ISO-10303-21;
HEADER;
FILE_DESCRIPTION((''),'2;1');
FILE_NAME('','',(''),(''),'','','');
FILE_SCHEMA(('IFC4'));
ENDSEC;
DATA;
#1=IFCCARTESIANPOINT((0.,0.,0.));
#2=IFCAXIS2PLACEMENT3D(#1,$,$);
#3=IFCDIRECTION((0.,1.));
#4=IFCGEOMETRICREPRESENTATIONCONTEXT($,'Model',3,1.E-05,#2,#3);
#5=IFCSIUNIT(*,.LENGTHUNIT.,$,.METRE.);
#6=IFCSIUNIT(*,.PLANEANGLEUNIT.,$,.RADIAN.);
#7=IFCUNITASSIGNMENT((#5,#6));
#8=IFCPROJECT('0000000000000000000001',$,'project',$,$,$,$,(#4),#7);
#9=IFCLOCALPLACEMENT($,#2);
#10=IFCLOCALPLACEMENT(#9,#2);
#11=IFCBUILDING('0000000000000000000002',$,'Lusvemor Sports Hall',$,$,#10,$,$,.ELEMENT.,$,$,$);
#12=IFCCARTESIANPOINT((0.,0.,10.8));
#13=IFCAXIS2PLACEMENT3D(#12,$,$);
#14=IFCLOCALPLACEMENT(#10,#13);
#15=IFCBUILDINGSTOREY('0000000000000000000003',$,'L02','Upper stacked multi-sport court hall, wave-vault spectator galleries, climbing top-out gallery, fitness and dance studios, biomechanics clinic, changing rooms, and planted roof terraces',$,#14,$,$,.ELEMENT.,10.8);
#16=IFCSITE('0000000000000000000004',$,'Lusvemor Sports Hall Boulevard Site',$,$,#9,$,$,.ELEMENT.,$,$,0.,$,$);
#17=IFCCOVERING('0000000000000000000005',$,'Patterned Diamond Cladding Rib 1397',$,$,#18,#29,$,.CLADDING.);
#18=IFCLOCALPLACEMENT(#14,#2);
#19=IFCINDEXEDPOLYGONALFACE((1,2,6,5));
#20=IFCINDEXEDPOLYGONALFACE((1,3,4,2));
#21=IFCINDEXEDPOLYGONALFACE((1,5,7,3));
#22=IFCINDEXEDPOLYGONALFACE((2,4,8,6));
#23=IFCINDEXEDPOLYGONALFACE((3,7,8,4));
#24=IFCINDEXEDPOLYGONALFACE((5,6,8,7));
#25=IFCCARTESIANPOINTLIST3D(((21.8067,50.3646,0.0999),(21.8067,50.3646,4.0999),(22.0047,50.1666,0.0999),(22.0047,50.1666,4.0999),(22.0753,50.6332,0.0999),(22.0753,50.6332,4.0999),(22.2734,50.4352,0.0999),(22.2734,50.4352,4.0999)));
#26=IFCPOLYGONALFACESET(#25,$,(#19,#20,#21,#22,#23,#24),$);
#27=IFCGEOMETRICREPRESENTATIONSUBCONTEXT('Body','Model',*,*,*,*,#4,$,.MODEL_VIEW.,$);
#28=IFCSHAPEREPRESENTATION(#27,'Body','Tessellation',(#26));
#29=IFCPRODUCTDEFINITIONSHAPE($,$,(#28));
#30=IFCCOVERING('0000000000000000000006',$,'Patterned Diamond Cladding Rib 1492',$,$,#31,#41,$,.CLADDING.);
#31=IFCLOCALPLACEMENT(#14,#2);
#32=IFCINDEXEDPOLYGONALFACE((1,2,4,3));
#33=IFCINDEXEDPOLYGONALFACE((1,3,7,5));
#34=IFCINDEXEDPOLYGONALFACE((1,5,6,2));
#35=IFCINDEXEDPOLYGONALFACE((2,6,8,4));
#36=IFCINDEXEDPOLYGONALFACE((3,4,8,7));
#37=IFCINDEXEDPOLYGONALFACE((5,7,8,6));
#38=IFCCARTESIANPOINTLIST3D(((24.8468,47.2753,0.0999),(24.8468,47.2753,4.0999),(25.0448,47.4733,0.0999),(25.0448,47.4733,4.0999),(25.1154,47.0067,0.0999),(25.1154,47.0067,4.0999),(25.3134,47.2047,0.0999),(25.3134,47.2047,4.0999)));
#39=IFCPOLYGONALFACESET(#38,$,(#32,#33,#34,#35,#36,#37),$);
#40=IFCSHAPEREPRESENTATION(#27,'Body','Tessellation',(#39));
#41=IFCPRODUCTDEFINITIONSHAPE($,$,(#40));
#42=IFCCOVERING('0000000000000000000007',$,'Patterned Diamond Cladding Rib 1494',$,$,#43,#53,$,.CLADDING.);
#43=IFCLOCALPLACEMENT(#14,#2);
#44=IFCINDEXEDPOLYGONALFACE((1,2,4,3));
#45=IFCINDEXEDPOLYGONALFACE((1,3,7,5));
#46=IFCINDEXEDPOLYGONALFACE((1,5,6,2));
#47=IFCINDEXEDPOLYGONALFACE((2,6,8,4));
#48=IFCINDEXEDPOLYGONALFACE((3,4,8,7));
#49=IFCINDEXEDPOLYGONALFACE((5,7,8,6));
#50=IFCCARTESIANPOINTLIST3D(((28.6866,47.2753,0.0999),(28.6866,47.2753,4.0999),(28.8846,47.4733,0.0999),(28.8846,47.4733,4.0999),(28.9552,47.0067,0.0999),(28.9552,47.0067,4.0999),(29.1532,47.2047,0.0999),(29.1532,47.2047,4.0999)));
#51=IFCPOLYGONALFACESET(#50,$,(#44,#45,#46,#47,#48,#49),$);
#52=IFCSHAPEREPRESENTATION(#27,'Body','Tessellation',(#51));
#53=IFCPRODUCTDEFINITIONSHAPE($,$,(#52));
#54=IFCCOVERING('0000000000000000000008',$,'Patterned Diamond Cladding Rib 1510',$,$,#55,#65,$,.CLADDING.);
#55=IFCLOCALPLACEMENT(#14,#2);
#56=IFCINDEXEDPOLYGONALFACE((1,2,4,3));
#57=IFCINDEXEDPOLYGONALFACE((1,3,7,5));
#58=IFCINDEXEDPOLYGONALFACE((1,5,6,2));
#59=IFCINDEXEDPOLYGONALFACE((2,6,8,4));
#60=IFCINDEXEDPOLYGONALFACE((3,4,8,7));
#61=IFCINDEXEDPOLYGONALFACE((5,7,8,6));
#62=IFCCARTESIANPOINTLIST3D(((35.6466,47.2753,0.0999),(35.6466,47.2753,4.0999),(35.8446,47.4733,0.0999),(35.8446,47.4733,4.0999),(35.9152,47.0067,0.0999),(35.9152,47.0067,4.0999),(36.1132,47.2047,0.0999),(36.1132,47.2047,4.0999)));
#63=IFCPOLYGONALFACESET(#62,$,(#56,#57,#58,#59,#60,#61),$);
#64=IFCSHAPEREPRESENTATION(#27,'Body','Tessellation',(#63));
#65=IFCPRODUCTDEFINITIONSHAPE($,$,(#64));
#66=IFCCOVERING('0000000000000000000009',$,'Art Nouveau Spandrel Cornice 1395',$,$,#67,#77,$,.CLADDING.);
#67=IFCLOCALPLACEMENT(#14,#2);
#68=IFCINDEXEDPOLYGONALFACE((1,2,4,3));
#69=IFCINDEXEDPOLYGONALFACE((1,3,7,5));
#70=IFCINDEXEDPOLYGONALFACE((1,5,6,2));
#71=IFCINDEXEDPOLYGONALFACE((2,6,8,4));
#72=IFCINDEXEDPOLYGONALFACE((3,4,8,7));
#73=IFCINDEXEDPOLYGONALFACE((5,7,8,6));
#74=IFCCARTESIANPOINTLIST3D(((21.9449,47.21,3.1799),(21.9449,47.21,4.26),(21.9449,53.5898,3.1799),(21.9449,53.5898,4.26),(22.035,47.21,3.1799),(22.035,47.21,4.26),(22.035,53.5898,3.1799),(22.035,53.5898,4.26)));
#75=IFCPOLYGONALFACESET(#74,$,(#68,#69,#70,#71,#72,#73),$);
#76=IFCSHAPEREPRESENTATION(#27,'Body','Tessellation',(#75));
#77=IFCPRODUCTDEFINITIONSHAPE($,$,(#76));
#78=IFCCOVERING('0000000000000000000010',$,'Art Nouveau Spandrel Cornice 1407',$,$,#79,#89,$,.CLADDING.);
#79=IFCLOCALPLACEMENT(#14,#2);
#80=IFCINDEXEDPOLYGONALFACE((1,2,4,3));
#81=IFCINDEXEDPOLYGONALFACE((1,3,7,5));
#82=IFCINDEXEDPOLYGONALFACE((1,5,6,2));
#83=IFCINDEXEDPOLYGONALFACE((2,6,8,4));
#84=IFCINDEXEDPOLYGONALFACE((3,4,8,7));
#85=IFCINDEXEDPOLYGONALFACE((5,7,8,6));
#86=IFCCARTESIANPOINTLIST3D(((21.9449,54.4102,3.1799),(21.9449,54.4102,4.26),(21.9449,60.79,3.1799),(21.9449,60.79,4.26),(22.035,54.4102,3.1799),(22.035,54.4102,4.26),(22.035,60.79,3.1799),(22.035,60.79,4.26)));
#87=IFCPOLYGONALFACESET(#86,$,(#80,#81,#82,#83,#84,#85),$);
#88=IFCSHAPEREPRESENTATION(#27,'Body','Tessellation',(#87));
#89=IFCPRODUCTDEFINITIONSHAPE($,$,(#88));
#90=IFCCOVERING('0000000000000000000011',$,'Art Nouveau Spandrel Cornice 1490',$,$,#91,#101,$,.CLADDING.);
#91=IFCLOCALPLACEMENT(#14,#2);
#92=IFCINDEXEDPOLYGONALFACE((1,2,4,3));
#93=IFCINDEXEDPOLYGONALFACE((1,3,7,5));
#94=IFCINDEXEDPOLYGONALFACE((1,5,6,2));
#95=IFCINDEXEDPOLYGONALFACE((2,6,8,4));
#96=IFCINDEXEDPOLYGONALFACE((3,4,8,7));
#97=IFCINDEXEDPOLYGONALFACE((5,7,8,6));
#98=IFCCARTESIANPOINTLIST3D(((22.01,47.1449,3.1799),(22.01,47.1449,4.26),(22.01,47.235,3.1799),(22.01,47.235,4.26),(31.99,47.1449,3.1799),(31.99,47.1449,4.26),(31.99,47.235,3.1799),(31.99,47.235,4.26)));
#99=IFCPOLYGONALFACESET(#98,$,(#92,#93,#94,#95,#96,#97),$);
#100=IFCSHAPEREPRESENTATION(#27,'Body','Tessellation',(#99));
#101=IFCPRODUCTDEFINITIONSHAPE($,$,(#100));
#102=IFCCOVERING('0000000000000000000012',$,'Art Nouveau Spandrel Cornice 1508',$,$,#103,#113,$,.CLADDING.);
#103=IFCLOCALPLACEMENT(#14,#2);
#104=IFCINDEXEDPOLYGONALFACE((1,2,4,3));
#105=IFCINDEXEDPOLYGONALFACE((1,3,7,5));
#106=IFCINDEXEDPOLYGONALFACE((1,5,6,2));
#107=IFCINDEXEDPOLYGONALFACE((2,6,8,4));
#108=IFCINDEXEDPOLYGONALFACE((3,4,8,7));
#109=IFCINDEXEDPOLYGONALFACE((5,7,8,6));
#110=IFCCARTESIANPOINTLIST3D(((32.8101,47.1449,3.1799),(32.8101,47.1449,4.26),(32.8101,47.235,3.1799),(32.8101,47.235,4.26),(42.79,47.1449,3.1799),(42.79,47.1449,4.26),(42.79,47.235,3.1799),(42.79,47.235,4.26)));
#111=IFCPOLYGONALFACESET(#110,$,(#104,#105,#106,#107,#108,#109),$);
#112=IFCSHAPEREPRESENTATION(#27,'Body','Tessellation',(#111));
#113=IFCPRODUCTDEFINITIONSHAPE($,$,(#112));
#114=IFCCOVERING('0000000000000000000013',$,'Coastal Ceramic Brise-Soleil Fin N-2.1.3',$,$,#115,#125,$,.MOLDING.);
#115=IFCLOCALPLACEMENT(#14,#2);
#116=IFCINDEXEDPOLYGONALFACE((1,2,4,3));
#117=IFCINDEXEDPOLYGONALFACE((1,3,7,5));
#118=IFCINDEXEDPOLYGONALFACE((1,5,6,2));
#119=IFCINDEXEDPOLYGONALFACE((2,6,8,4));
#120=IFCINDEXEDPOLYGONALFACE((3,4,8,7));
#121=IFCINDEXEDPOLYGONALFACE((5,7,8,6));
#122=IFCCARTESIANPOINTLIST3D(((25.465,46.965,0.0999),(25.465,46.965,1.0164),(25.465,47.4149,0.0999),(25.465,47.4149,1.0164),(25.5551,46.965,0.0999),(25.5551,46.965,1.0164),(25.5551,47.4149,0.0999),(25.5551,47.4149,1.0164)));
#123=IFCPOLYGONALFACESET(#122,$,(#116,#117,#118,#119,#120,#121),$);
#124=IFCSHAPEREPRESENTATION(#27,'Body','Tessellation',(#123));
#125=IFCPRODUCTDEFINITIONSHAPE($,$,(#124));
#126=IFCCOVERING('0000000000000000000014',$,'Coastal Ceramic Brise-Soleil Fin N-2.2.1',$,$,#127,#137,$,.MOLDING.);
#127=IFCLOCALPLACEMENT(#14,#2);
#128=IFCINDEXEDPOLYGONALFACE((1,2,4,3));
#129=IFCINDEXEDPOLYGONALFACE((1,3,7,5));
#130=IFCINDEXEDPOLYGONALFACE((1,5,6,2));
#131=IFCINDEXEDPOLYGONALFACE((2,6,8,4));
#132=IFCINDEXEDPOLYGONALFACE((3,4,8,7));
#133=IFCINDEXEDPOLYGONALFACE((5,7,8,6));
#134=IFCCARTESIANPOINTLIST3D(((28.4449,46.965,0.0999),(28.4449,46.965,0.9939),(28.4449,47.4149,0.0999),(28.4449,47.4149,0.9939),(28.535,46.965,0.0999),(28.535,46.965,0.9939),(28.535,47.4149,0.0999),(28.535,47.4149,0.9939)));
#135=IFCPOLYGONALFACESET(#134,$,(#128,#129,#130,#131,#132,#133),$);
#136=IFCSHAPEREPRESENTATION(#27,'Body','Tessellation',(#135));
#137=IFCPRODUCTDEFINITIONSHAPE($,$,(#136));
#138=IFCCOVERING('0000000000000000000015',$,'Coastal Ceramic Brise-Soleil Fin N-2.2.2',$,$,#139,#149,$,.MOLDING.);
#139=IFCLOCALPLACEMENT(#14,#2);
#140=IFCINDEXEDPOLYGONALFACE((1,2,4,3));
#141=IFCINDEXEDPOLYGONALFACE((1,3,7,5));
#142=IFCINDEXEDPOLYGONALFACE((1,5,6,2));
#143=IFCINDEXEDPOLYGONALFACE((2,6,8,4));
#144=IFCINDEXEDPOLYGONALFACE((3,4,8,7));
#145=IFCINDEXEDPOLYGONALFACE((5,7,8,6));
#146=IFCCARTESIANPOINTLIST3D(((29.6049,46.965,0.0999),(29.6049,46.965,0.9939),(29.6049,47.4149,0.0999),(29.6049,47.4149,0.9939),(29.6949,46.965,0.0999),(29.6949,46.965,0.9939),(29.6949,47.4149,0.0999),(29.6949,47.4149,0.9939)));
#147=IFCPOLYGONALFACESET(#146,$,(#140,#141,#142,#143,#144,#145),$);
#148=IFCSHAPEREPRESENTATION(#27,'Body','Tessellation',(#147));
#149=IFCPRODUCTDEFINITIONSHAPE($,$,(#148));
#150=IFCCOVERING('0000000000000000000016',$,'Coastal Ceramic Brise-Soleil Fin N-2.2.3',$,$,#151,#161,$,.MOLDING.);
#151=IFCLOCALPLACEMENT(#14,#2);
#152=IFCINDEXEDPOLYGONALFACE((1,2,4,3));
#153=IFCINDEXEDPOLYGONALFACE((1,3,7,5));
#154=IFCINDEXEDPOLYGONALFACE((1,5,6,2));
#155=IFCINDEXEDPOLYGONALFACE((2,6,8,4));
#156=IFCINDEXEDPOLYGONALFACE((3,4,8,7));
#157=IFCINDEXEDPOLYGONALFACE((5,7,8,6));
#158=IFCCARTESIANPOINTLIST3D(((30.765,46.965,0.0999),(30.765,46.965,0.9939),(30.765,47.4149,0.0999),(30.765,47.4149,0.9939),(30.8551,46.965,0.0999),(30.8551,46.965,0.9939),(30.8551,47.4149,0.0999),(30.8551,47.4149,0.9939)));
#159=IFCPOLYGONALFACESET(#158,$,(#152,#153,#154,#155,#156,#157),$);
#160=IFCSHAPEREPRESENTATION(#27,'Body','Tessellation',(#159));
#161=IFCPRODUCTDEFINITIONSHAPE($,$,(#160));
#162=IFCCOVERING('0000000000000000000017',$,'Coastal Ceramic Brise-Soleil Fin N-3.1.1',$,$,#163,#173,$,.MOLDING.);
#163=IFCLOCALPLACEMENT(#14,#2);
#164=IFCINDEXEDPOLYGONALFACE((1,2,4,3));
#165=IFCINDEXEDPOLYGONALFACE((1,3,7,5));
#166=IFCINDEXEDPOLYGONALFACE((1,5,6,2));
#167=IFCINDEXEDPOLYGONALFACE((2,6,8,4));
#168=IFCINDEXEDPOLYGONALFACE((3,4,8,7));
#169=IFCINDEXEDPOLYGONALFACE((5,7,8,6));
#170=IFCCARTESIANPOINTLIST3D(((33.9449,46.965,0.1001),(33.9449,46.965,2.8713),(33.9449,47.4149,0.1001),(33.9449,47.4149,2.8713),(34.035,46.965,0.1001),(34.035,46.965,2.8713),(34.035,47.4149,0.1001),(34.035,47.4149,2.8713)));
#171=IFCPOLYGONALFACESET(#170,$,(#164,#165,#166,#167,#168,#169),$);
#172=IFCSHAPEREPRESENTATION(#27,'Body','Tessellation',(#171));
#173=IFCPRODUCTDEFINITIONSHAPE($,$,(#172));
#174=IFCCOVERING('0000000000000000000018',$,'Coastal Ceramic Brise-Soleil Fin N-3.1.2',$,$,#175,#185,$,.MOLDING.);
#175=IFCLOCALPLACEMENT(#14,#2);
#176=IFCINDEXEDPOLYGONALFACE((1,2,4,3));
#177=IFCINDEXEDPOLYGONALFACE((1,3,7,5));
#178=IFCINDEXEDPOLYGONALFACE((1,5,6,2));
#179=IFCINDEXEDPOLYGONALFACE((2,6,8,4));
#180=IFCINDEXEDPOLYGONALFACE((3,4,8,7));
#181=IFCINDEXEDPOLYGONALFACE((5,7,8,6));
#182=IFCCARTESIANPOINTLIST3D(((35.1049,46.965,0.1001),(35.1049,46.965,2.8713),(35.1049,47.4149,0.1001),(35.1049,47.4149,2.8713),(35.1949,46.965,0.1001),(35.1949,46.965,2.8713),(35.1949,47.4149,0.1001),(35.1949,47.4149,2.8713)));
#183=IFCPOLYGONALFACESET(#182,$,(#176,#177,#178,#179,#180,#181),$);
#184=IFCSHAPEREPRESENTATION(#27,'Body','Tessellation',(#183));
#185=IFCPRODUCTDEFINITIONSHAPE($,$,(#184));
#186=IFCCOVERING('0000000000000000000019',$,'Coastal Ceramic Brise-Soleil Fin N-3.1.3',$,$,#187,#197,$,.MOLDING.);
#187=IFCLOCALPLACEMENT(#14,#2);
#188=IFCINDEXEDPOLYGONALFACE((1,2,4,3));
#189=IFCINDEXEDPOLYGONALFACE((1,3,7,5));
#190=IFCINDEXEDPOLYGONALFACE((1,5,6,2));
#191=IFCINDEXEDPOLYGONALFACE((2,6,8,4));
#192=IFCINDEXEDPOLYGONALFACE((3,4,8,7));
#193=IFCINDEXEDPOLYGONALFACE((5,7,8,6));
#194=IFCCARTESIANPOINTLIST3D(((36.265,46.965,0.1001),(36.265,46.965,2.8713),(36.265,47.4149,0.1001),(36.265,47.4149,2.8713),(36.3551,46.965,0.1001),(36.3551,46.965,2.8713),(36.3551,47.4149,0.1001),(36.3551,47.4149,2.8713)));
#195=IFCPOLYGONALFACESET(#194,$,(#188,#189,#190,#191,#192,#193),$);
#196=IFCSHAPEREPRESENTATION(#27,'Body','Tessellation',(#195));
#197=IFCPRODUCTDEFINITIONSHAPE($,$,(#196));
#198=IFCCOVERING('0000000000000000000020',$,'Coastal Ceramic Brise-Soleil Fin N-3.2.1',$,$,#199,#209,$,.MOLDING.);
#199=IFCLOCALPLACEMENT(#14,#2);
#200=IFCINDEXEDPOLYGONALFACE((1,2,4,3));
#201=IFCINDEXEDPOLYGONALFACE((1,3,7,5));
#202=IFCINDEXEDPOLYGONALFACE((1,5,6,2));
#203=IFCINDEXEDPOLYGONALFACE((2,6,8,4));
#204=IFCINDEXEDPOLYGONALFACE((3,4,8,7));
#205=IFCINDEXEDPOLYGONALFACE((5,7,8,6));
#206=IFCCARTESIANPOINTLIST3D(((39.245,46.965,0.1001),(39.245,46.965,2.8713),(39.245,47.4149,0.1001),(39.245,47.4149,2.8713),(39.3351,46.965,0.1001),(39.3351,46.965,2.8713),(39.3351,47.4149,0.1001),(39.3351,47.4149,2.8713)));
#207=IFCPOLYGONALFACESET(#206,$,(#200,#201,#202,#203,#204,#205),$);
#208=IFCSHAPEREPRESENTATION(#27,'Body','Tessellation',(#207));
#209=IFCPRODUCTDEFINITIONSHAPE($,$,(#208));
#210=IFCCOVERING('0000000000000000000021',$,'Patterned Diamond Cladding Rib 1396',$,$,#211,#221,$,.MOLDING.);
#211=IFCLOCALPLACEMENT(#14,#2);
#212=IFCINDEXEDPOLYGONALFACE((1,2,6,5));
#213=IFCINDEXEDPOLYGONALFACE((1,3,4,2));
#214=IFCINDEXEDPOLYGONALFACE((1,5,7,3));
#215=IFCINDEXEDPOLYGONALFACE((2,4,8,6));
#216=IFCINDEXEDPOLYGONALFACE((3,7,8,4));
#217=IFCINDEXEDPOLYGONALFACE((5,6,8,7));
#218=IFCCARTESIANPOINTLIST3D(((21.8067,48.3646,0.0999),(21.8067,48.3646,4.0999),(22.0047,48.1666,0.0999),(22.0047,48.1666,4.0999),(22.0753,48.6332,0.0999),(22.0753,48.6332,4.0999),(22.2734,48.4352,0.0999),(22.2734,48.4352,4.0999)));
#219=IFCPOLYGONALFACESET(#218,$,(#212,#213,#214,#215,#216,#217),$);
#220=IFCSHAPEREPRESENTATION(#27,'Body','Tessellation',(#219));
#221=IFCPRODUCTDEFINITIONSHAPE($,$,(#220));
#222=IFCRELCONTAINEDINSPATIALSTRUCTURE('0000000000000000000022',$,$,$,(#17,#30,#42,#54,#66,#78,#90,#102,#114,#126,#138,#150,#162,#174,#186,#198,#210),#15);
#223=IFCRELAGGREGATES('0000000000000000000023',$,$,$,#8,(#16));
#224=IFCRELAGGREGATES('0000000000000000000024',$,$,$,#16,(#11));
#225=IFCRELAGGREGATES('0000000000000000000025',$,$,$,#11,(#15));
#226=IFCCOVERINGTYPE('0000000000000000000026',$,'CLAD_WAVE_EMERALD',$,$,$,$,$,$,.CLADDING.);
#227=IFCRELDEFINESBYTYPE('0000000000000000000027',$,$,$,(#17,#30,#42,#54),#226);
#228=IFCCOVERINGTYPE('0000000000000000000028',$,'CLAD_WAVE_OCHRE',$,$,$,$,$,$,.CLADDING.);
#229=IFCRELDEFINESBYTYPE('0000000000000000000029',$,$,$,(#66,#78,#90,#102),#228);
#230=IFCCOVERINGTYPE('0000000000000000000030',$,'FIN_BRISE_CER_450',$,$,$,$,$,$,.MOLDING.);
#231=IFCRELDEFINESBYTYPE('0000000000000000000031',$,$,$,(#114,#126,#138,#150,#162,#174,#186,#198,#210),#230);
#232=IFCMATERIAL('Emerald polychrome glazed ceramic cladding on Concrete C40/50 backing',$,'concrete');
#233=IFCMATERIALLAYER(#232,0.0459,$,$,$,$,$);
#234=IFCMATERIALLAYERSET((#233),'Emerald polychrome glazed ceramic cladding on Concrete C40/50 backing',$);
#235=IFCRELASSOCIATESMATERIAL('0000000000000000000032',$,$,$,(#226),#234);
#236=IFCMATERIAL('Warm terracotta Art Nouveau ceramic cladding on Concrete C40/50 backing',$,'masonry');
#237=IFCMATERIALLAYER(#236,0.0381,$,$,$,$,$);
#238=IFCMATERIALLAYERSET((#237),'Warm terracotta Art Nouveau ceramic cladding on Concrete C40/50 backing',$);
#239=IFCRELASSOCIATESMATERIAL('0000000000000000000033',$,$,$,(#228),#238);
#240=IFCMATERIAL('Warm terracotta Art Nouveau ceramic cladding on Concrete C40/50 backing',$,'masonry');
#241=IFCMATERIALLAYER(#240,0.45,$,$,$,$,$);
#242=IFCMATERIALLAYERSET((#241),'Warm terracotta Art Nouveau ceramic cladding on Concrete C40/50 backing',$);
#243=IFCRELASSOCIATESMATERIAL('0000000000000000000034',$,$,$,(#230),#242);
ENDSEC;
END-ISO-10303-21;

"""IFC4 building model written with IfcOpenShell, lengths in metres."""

from ifc_helpers import new_model, si_unit, direction, frame, origin, origin_2d, place, context, subcontext, project, spatial, rectangle, extrude, material, layer, layer_set, type_object, element, save


model = new_model("IFC4")

# Units and contexts
model_context = context("Model", 3, precision=1e-05, world=origin(), true_north=direction((0.0, 1.0)))
body_context = subcontext(model_context, "Body", "Model", "MODEL_VIEW")
ifc_project = project(units=[si_unit("LENGTHUNIT", "METRE"), si_unit("PLANEANGLEUNIT", "RADIAN")], contexts=[model_context])

# Site, building, storey
site_placement = place(None, origin())
site = spatial("IfcSite", under=ifc_project, at=site_placement, Name="Lusvemor Sports Hall Boulevard Site", CompositionType="ELEMENT", RefElevation=0.0)
building_placement = place(site_placement, origin())
building = spatial("IfcBuilding", under=site, at=building_placement, Name="Lusvemor Sports Hall", CompositionType="ELEMENT")
storey_placement = place(building_placement, frame((0.0, 0.0, 10.8)))
storey = spatial("IfcBuildingStorey", under=building, at=storey_placement, Name="L02", Description="Upper stacked multi-sport court hall, wave-vault spectator galleries, climbing top-out gallery, fitness and dance studios, biomechanics clinic, changing rooms, and planted roof terraces", CompositionType="ELEMENT", Elevation=10.8)

# Coverings
ifc_material_1 = material(Name="Emerald polychrome glazed ceramic cladding on Concrete C40/50 backing", Category="concrete")
ifc_layer_1 = layer(ifc_material_1, 0.0459)
ifc_layer_set_1 = layer_set([ifc_layer_1], Name="Emerald polychrome glazed ceramic cladding on Concrete C40/50 backing")
covering_type_1 = type_object("IfcCoveringType", Name="CLAD_WAVE_EMERALD", PredefinedType="CLADDING", material=ifc_layer_set_1)
covering_1_placement = place(storey_placement, frame((22.04, 50.3999, 0.0999), z_axis=(0.0, 0.0, 1.0), x_axis=(0.707107, 0.707107, 0.0)))
element("IfcCovering", 1, at=covering_1_placement, inside=storey, type_object=covering_type_1, Name="Patterned Diamond Cladding Rib 1397", PredefinedType="CLADDING", context=body_context, shape_type="SweptSolid", body=[
    extrude(rectangle(XDim=0.3799, YDim=0.28, at=origin_2d()), origin(), (0.0, 0.0, 1.0), 4.0),
])
for number, where, z_axis, x_axis, name in (
    (2, (25.0801, 47.24, 0.0999), (0.0, 0.0, 1.0), (0.707107, 0.707107, 0.0), "Patterned Diamond Cladding Rib 1492"),
    (3, (28.9199, 47.24, 0.0999), (0.0, 0.0, 1.0), (0.707107, 0.707107, 0.0), "Patterned Diamond Cladding Rib 1494"),
    (4, (35.8799, 47.24, 0.0999), (0.0, 0.0, 1.0), (0.707107, 0.707107, 0.0), "Patterned Diamond Cladding Rib 1510"),
):
    element("IfcCovering", number, at=place(storey_placement, frame(where, z_axis=z_axis, x_axis=x_axis)), inside=storey, type_object=covering_type_1, Name=name, PredefinedType="CLADDING", context=body_context, shape_type="SweptSolid", body=[
        extrude(rectangle(XDim=0.28, YDim=0.3799, at=origin_2d()), origin(), (0.0, 0.0, 1.0), 4.0),
    ])
ifc_material_2 = material(Name="Warm terracotta Art Nouveau ceramic cladding on Concrete C40/50 backing", Category="masonry")
ifc_layer_2 = layer(ifc_material_2, 0.0381)
ifc_layer_set_2 = layer_set([ifc_layer_2], Name="Warm terracotta Art Nouveau ceramic cladding on Concrete C40/50 backing")
covering_type_2 = type_object("IfcCoveringType", Name="CLAD_WAVE_OCHRE", PredefinedType="CLADDING", material=ifc_layer_set_2)
for number, where, z_axis, x_axis, name in (
    (5, (21.99, 50.3999, 3.1799), (0.0, 0.0, 1.0), (1.0, 0.0, 0.0), "Art Nouveau Spandrel Cornice 1395"),
    (6, (21.99, 57.6001, 3.1799), (0.0, 0.0, 1.0), (1.0, 0.0, 0.0), "Art Nouveau Spandrel Cornice 1407"),
):
    element("IfcCovering", number, at=place(storey_placement, frame(where, z_axis=z_axis, x_axis=x_axis)), inside=storey, type_object=covering_type_2, Name=name, PredefinedType="CLADDING", context=body_context, shape_type="SweptSolid", body=[
        extrude(rectangle(XDim=0.0901, YDim=6.3799, at=origin_2d()), origin(), (0.0, 0.0, 1.0), 1.0801),
    ])
for number, where, z_axis, x_axis, name in (
    (7, (27.0, 47.1899, 3.1799), (0.0, 0.0, 1.0), (1.0, 0.0, 0.0), "Art Nouveau Spandrel Cornice 1490"),
    (8, (37.8, 47.1899, 3.1799), (0.0, 0.0, 1.0), (1.0, 0.0, 0.0), "Art Nouveau Spandrel Cornice 1508"),
):
    element("IfcCovering", number, at=place(storey_placement, frame(where, z_axis=z_axis, x_axis=x_axis)), inside=storey, type_object=covering_type_2, Name=name, PredefinedType="CLADDING", context=body_context, shape_type="SweptSolid", body=[
        extrude(rectangle(XDim=9.98, YDim=0.0901, at=origin_2d()), origin(), (0.0, 0.0, 1.0), 1.0801),
    ])
ifc_material_3 = material(Name="Warm terracotta Art Nouveau ceramic cladding on Concrete C40/50 backing", Category="masonry")
ifc_layer_3 = layer(ifc_material_3, 0.45)
ifc_layer_set_3 = layer_set([ifc_layer_3], Name="Warm terracotta Art Nouveau ceramic cladding on Concrete C40/50 backing")
covering_type_3 = type_object("IfcCoveringType", Name="FIN_BRISE_CER_450", PredefinedType="MOLDING", material=ifc_layer_set_3)
covering_2_placement = place(storey_placement, frame((25.51, 47.1899, 0.0999), z_axis=(0.0, 0.0, 1.0), x_axis=(1.0, 0.0, 0.0)))
element("IfcCovering", 9, at=covering_2_placement, inside=storey, type_object=covering_type_3, Name="Coastal Ceramic Brise-Soleil Fin N-2.1.3", PredefinedType="MOLDING", context=body_context, shape_type="SweptSolid", body=[
    extrude(rectangle(XDim=0.0901, YDim=0.45, at=origin_2d()), origin(), (0.0, 0.0, 1.0), 0.9165),
])
for number, where, z_axis, x_axis, name in (
    (10, (28.49, 47.1899, 0.0999), (0.0, 0.0, 1.0), (1.0, 0.0, 0.0), "Coastal Ceramic Brise-Soleil Fin N-2.2.1"),
    (11, (29.6499, 47.1899, 0.0999), (0.0, 0.0, 1.0), (1.0, 0.0, 0.0), "Coastal Ceramic Brise-Soleil Fin N-2.2.2"),
    (12, (30.8101, 47.1899, 0.0999), (0.0, 0.0, 1.0), (1.0, 0.0, 0.0), "Coastal Ceramic Brise-Soleil Fin N-2.2.3"),
):
    element("IfcCovering", number, at=place(storey_placement, frame(where, z_axis=z_axis, x_axis=x_axis)), inside=storey, type_object=covering_type_3, Name=name, PredefinedType="MOLDING", context=body_context, shape_type="SweptSolid", body=[
        extrude(rectangle(XDim=0.0901, YDim=0.45, at=origin_2d()), origin(), (0.0, 0.0, 1.0), 0.894),
    ])
for number, where, z_axis, x_axis, name in (
    (13, (33.99, 47.1899, 0.1001), (0.0, 0.0, 1.0), (1.0, 0.0, 0.0), "Coastal Ceramic Brise-Soleil Fin N-3.1.1"),
    (14, (35.1499, 47.1899, 0.1001), (0.0, 0.0, 1.0), (1.0, 0.0, 0.0), "Coastal Ceramic Brise-Soleil Fin N-3.1.2"),
    (15, (36.3101, 47.1899, 0.1001), (0.0, 0.0, 1.0), (1.0, 0.0, 0.0), "Coastal Ceramic Brise-Soleil Fin N-3.1.3"),
    (16, (39.29, 47.1899, 0.1001), (0.0, 0.0, 1.0), (1.0, 0.0, 0.0), "Coastal Ceramic Brise-Soleil Fin N-3.2.1"),
):
    element("IfcCovering", number, at=place(storey_placement, frame(where, z_axis=z_axis, x_axis=x_axis)), inside=storey, type_object=covering_type_3, Name=name, PredefinedType="MOLDING", context=body_context, shape_type="SweptSolid", body=[
        extrude(rectangle(XDim=0.0901, YDim=0.45, at=origin_2d()), origin(), (0.0, 0.0, 1.0), 2.7712),
    ])
for number, where, z_axis, x_axis, name in (
    (17, (22.04, 48.3999, 0.0999), (0.0, 0.0, 1.0), (0.707107, 0.707107, 0.0), "Patterned Diamond Cladding Rib 1396"),
):
    element("IfcCovering", number, at=place(storey_placement, frame(where, z_axis=z_axis, x_axis=x_axis)), inside=storey, type_object=covering_type_3, Name=name, PredefinedType="MOLDING", context=body_context, shape_type="SweptSolid", body=[
        extrude(rectangle(XDim=0.3799, YDim=0.28, at=origin_2d()), origin(), (0.0, 0.0, 1.0), 4.0),
    ])

save(model, "model.ifc")
